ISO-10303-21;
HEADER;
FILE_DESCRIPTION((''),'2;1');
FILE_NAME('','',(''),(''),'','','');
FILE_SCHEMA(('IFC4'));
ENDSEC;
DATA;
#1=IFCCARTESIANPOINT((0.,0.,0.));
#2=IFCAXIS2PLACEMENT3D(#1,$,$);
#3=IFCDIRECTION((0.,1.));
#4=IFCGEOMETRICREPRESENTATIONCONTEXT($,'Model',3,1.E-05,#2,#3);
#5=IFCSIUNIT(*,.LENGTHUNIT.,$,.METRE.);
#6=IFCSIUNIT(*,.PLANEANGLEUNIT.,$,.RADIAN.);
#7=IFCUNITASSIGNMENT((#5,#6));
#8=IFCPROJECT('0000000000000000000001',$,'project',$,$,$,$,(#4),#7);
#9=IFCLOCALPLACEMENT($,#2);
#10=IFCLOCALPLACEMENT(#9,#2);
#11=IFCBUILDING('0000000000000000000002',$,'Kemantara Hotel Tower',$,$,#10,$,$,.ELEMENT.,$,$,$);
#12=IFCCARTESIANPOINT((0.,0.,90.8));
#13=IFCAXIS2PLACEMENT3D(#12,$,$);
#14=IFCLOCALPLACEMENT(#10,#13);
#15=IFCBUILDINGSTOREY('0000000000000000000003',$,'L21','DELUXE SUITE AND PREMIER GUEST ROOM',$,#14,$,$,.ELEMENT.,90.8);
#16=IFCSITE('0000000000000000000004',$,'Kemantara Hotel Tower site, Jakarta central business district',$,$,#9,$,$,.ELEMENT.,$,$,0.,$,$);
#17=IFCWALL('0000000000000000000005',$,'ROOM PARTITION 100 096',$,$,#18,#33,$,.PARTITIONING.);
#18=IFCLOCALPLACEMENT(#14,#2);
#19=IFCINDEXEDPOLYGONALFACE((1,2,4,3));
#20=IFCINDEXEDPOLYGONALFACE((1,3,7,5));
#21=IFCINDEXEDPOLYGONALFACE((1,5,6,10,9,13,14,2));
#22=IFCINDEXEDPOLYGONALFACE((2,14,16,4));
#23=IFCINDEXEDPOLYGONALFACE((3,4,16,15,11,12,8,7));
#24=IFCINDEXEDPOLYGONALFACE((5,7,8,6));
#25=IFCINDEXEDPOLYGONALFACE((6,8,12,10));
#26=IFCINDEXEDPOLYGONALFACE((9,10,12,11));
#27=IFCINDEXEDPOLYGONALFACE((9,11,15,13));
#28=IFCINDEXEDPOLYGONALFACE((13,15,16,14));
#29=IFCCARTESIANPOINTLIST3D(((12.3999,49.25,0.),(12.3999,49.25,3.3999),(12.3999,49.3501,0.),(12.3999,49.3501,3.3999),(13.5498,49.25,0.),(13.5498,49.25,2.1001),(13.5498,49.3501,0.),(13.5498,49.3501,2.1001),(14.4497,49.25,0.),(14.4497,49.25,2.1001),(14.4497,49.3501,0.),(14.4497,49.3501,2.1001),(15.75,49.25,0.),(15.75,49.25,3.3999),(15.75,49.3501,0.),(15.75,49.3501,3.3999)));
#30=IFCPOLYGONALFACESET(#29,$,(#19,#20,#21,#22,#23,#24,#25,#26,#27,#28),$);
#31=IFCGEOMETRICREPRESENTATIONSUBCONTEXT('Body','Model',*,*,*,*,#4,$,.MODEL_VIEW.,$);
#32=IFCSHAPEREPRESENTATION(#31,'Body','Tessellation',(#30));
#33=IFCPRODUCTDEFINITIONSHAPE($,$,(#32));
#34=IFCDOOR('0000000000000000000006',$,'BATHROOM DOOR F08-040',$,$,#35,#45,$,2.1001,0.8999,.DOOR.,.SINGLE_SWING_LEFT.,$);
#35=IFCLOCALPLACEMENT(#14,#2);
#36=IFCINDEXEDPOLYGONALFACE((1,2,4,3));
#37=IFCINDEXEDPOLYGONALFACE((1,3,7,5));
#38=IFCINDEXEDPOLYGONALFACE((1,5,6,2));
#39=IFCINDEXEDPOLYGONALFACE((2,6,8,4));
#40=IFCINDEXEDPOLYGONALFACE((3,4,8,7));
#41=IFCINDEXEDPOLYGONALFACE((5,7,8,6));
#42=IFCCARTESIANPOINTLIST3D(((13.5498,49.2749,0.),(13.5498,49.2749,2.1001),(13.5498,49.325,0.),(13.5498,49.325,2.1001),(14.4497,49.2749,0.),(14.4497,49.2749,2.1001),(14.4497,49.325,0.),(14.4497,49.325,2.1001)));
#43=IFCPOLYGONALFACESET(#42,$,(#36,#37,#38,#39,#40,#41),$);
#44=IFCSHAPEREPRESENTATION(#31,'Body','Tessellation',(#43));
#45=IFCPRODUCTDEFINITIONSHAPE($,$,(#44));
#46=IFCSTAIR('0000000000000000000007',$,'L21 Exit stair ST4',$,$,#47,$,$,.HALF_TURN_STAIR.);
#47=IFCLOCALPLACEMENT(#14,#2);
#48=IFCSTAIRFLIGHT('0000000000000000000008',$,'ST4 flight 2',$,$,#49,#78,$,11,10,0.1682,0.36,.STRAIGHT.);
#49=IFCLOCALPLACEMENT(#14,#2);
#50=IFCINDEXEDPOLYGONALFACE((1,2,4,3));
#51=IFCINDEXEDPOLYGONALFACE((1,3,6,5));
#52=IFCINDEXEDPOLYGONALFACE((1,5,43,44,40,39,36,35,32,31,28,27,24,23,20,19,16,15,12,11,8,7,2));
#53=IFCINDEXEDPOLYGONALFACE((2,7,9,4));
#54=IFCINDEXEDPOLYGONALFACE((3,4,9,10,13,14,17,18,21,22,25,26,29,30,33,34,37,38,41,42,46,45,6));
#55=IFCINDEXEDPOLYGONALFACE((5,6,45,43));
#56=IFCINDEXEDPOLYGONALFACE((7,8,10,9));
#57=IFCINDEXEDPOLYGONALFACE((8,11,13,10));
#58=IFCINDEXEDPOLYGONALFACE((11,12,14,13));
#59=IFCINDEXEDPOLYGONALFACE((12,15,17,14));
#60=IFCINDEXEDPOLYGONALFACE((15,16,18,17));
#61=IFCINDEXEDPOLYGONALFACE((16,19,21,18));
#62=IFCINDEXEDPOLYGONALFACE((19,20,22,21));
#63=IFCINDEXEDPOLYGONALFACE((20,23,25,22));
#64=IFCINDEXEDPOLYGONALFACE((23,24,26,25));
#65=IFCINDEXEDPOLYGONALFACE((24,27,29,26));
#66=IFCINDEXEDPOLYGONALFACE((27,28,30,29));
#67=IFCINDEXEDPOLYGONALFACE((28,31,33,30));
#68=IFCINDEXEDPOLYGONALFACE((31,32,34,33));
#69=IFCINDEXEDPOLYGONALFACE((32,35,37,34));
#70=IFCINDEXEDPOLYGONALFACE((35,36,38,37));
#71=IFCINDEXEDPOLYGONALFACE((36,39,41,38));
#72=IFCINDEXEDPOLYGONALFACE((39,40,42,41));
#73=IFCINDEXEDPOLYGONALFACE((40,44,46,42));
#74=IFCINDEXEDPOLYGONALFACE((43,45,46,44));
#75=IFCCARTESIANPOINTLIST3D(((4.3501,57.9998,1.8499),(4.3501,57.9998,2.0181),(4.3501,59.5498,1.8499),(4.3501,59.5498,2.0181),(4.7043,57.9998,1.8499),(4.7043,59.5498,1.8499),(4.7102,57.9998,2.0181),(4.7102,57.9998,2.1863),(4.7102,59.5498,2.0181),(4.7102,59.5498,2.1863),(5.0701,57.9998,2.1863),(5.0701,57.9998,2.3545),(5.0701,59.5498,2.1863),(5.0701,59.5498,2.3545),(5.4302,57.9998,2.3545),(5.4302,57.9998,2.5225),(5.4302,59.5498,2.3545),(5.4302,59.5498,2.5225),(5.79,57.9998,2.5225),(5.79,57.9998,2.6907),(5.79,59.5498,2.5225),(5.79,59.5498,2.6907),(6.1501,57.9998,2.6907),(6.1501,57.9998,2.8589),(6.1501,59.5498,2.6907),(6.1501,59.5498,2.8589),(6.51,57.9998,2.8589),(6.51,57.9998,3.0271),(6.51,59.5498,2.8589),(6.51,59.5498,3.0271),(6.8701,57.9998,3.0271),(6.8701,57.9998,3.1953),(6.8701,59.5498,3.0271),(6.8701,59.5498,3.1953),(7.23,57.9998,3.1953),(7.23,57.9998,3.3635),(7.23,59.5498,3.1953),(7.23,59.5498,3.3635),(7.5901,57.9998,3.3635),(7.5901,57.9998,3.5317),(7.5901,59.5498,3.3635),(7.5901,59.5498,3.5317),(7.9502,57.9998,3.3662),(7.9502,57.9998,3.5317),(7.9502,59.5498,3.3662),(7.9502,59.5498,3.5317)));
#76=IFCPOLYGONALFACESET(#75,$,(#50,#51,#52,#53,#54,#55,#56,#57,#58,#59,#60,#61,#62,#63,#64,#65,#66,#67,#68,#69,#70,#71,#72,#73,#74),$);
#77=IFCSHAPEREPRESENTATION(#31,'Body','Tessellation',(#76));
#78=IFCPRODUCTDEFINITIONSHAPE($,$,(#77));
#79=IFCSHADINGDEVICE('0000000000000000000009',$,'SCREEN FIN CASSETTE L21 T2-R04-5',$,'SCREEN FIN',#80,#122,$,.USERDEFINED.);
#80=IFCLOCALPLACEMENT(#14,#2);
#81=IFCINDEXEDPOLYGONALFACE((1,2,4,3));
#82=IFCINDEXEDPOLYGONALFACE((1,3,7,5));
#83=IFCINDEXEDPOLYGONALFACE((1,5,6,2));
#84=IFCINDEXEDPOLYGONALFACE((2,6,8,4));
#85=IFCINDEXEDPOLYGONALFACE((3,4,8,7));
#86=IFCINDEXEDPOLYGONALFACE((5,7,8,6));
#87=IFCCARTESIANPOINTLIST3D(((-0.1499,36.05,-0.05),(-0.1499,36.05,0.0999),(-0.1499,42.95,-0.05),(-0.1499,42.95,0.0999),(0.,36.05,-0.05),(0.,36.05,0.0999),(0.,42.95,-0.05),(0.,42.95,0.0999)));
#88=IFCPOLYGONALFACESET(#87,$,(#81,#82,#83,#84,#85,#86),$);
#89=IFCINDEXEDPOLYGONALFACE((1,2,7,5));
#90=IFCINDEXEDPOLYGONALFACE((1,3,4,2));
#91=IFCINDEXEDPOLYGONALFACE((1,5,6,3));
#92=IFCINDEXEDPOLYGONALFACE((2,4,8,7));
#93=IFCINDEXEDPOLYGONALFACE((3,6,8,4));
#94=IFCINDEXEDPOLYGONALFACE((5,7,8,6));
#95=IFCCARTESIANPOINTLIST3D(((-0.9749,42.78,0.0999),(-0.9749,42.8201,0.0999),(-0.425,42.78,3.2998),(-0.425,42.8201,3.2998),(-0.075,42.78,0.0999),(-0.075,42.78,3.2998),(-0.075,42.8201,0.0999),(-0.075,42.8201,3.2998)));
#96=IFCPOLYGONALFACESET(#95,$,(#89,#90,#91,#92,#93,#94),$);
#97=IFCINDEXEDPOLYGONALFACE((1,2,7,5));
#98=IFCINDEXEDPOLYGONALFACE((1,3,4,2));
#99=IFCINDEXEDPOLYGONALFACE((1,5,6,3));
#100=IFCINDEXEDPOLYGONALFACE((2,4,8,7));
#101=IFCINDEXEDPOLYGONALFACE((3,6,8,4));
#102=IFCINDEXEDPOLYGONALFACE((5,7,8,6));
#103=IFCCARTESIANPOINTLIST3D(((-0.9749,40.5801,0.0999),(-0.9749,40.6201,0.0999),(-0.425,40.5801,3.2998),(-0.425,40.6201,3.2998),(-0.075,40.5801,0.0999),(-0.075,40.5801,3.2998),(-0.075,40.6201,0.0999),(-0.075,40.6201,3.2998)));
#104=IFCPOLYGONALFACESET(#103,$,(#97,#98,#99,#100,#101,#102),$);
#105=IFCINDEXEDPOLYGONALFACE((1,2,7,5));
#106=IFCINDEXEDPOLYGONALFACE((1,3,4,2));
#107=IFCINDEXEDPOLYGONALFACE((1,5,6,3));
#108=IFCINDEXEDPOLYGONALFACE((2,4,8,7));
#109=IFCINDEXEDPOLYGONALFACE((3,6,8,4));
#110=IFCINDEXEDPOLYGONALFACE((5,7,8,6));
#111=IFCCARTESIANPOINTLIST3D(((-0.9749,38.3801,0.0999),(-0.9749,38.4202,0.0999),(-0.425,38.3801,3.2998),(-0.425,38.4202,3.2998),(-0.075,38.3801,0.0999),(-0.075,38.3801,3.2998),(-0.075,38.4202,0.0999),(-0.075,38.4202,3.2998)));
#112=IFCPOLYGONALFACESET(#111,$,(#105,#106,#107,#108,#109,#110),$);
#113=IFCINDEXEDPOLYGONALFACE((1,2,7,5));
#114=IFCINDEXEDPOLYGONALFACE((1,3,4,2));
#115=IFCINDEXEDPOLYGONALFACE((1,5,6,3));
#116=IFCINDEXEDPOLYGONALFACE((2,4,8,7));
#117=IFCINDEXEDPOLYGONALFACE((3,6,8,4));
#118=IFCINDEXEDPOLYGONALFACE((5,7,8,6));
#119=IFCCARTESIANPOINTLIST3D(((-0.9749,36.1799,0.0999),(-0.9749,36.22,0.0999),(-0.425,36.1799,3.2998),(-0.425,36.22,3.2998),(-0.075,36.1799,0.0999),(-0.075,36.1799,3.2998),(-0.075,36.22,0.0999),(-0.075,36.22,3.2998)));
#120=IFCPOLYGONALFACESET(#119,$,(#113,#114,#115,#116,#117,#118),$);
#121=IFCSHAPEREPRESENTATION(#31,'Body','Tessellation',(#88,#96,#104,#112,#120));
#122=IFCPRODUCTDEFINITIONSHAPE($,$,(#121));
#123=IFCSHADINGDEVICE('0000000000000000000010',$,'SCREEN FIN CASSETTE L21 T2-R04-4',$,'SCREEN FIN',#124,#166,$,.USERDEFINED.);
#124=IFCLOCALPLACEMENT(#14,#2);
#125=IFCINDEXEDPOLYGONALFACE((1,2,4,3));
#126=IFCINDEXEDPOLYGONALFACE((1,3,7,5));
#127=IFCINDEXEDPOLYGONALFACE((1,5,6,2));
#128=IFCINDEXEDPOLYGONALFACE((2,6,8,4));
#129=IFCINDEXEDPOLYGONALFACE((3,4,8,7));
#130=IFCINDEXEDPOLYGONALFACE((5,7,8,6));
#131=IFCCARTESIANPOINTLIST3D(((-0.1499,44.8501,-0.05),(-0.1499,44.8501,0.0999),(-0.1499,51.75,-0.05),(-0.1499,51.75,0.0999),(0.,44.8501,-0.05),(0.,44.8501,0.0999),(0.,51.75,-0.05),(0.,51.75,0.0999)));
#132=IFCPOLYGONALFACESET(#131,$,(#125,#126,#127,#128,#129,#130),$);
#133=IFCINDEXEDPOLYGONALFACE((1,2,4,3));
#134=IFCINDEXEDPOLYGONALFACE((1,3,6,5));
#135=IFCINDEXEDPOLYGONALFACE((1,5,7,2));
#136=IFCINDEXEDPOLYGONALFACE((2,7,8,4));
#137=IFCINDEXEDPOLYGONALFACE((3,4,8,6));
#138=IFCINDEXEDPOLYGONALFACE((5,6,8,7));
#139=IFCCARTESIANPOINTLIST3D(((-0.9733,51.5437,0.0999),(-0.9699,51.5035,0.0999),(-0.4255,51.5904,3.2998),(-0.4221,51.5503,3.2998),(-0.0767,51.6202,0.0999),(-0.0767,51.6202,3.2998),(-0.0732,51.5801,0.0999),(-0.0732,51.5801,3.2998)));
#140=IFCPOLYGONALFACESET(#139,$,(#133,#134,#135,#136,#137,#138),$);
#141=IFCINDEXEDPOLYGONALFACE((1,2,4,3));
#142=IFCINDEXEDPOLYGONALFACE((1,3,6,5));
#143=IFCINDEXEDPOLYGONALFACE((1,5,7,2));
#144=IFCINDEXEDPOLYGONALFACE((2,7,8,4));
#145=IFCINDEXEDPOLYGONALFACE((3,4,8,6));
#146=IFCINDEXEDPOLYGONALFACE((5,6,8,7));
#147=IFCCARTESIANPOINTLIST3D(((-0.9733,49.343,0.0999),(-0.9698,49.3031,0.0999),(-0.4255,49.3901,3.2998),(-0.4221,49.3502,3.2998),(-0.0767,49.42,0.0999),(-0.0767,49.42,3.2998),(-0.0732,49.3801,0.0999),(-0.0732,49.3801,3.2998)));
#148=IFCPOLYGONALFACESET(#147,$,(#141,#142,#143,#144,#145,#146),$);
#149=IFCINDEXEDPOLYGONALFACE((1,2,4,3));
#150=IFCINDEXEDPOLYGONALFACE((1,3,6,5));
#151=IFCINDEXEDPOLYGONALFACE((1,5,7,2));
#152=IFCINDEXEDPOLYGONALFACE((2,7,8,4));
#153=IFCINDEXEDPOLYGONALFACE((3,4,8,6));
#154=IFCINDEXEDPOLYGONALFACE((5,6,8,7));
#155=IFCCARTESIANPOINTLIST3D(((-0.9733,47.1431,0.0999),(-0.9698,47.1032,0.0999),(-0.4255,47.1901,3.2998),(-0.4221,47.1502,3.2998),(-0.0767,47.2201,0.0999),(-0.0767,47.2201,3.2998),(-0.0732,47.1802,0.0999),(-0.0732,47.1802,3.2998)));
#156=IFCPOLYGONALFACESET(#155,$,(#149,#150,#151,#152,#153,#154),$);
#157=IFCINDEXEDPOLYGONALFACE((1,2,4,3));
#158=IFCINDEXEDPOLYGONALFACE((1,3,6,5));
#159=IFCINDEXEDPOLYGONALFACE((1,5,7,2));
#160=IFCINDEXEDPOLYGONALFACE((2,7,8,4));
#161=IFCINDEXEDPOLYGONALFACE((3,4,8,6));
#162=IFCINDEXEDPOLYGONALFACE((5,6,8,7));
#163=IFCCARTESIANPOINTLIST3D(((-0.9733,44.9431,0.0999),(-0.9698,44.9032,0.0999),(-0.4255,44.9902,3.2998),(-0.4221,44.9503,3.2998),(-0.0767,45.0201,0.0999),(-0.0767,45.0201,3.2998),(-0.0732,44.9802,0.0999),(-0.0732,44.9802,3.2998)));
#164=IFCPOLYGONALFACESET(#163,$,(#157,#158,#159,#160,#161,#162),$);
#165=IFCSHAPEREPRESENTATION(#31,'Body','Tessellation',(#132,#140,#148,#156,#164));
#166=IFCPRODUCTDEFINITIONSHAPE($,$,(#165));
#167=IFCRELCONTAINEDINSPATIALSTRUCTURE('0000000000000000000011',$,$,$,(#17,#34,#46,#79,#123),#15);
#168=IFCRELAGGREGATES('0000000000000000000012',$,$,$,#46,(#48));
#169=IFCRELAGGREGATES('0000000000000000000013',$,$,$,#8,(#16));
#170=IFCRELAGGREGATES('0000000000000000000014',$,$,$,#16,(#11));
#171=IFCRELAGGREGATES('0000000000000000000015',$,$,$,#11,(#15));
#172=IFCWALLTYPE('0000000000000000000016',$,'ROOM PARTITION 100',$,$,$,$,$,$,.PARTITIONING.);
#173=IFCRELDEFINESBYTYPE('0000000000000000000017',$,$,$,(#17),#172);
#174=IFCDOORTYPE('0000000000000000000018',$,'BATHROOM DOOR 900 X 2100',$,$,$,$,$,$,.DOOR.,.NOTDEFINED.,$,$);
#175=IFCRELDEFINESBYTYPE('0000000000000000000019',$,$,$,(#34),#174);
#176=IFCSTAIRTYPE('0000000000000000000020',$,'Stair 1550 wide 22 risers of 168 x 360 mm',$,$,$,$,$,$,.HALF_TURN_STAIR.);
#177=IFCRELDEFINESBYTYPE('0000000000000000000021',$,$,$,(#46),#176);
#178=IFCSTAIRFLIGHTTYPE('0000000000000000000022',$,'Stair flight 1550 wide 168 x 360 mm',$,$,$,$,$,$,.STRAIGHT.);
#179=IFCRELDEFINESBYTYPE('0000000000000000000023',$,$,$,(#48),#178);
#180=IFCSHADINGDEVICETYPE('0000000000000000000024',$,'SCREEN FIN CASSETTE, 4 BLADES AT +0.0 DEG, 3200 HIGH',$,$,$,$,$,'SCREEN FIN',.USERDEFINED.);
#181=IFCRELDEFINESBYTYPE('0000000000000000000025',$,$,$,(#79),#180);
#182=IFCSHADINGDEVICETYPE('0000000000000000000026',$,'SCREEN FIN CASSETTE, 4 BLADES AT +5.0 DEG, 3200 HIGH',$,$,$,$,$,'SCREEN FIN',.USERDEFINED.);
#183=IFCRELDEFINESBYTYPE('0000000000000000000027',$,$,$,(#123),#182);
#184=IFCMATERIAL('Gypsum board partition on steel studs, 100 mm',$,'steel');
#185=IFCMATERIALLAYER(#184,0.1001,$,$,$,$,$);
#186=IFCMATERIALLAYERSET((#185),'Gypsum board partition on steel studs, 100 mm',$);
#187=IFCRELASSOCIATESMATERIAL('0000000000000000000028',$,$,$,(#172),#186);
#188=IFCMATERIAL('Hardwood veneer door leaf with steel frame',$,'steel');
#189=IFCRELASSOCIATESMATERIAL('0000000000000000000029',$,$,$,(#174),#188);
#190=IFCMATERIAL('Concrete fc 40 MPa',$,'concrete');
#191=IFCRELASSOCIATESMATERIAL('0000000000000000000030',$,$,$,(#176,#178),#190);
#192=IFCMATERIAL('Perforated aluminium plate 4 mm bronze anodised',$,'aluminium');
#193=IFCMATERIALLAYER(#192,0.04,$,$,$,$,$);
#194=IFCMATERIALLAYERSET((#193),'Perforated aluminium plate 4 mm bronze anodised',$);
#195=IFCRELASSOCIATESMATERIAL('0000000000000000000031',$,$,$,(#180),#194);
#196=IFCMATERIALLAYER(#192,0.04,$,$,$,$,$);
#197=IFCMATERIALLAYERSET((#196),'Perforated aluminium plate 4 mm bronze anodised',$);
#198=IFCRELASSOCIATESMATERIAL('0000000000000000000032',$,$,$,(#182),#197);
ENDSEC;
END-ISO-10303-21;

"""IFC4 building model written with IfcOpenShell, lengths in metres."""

from ifc_helpers import new_model, si_unit, direction, frame, frame_2d, origin, origin_2d, place, context, subcontext, project, spatial, polyline, rectangle, outline, extrude, source, transform, mapped, material, layer, layer_set, type_object, element, fill, aggregate, save


model = new_model("IFC4")

# Units and contexts
model_context = context("Model", 3, precision=1e-05, world=origin(), true_north=direction((0.0, 1.0)))
body_context = subcontext(model_context, "Body", "Model", "MODEL_VIEW")
ifc_project = project(units=[si_unit("LENGTHUNIT", "METRE"), si_unit("PLANEANGLEUNIT", "RADIAN")], contexts=[model_context])

# Site, building, storey
site_placement = place(None, origin())
site = spatial("IfcSite", under=ifc_project, at=site_placement, Name="Kemantara Hotel Tower site, Jakarta central business district", CompositionType="ELEMENT", RefElevation=0.0)
building_placement = place(site_placement, origin())
building = spatial("IfcBuilding", under=site, at=building_placement, Name="Kemantara Hotel Tower", CompositionType="ELEMENT")
storey_placement = place(building_placement, frame((0.0, 0.0, 90.8)))
storey = spatial("IfcBuildingStorey", under=building, at=storey_placement, Name="L21", Description="DELUXE SUITE AND PREMIER GUEST ROOM", CompositionType="ELEMENT", Elevation=90.8)

# Shared definitions
ifc_material_1 = material(Name="Hardwood veneer door leaf with steel frame", Category="steel")
ifc_material_2 = material(Name="Concrete fc 40 MPa", Category="concrete")

# Shared definitions
ifc_material_3 = material(Name="Gypsum board partition on steel studs, 100 mm", Category="steel")
ifc_layer_1 = layer(ifc_material_3, 0.1001)
ifc_layer_set_1 = layer_set([ifc_layer_1], Name="Gypsum board partition on steel studs, 100 mm")
wall_type_1 = type_object("IfcWallType", Name="ROOM PARTITION 100", PredefinedType="PARTITIONING", material=ifc_layer_set_1)

# Wall, opening, door
door_type_1 = type_object("IfcDoorType", Name="BATHROOM DOOR 900 X 2100", OperationType="NOTDEFINED", PredefinedType="DOOR", material=ifc_material_1)
wall_1_placement = place(storey_placement, frame((12.3999, 49.3, 0.0), z_axis=(0.0, 0.0, 1.0), x_axis=(1.0, 0.0, 0.0)))
wall_1 = element("IfcWall", 1, at=wall_1_placement, inside=storey, type_object=wall_type_1, Name="ROOM PARTITION 100 096", PredefinedType="PARTITIONING", context=body_context, shape_type="SweptSolid", body=[
    extrude(rectangle(XDim=3.3501, YDim=0.1001, at=frame_2d((1.675, 0.0))), origin(), (0.0, 0.0, 1.0), 3.3999),
])
opening_1_placement = place(wall_1_placement, frame((1.1499, 0.0, 0.0)))
opening_1 = element("IfcOpeningElement", 2, at=opening_1_placement, cuts=wall_1, PredefinedType="OPENING", context=body_context, shape_type="SweptSolid", body=[
    extrude(rectangle(XDim=0.8999, YDim=2.1001, at=frame_2d((0.45, 1.05))), frame((0.0, 0.0601, 0.0), z_axis=(0.0, -1.0, 0.0), x_axis=(1.0, 0.0, 0.0)), (0.0, 0.0, 1.0), 0.1201),
])
door_1_placement = place(opening_1_placement, origin())
door_1 = element("IfcDoor", 3, at=door_1_placement, inside=storey, type_object=door_type_1, Name="BATHROOM DOOR F08-040", OperationType="SINGLE_SWING_LEFT", OverallHeight=2.1001, OverallWidth=0.8999, PredefinedType="DOOR", context=body_context, shape_type="SweptSolid", body=[
    extrude(rectangle(XDim=0.8999, YDim=2.1001, at=frame_2d((0.45, 1.05))), frame((0.0, 0.0249, 0.0), z_axis=(0.0, -1.0, 0.0), x_axis=(1.0, 0.0, 0.0)), (0.0, 0.0, 1.0), 0.05),
])
fill(opening_1, door_1)

# Stair, stair flight
stair_type = type_object("IfcStairType", Name="Stair 1550 wide 22 risers of 168 x 360 mm", PredefinedType="HALF_TURN_STAIR", material=ifc_material_2)
stair_placement = place(storey_placement, origin())
stair = element("IfcStair", 4, at=stair_placement, inside=storey, type_object=stair_type, Name="L21 Exit stair ST4", PredefinedType="HALF_TURN_STAIR")
stair_flight_type = type_object("IfcStairFlightType", Name="Stair flight 1550 wide 168 x 360 mm", PredefinedType="STRAIGHT", material=ifc_material_2)
stair_flight_placement = place(storey_placement, frame((4.3501, 58.7749, 1.8499), z_axis=(0.0, 0.0, 1.0), x_axis=(1.0, 0.0, 0.0)))
stair_flight = element("IfcStairFlight", 5, at=stair_flight_placement, type_object=stair_flight_type, Name="ST4 flight 2", NumberOfRisers=11, NumberOfTreads=10, PredefinedType="STRAIGHT", RiserHeight=0.1682, TreadLength=0.36, context=body_context, shape_type="SweptSolid", body=[
    extrude(outline(polyline([(0.0, 0.0), (0.0, 0.1682), (0.3601, 0.1682), (0.3601, 0.3364), (0.72, 0.3364), (0.72, 0.5046), (1.0801, 0.5046), (1.0801, 0.6726), (1.4399, 0.6726), (1.4399, 0.8408), (1.8, 0.8408), (1.8, 1.009), (2.1599, 1.009), (2.1599, 1.1772), (2.52, 1.1772), (2.52, 1.3455), (2.8799, 1.3455), (2.8799, 1.5137), (3.24, 1.5137), (3.24, 1.6819), (3.6001, 1.6819), (3.6001, 1.8501), (3.6001, 1.5164), (0.3542, 0.0), (0.0, 0.0)])), frame((0.0, 0.7749, 0.0), z_axis=(0.0, -1.0, 0.0), x_axis=(1.0, 0.0, 0.0)), (0.0, 0.0, 1.0), 1.55),
])
aggregate(stair, [stair_flight])

# Shading devices
ifc_material_4 = material(Name="Perforated aluminium plate 4 mm bronze anodised", Category="aluminium")
ifc_layer_2 = layer(ifc_material_4, 0.04)
ifc_layer_set_2 = layer_set([ifc_layer_2], Name="Perforated aluminium plate 4 mm bronze anodised")
shading_device_type_1 = type_object("IfcShadingDeviceType", Name="SCREEN FIN CASSETTE, 4 BLADES AT +0.0 DEG, 3200 HIGH", ElementType="SCREEN FIN", PredefinedType="USERDEFINED", material=ifc_layer_set_2)
shared_shape_1 = source(origin(), body_context, "Body", "SweptSolid", [
    extrude(rectangle(XDim=6.8999, YDim=0.1499, at=origin_2d()), frame((3.3, -0.075, -0.1499), z_axis=(0.0, 0.0, 1.0), x_axis=(1.0, 0.0, 0.0)), (0.0, 0.0, 1.0), 0.1499),
    extrude(outline(polyline([(0.0, 0.0), (0.8999, 0.0), (0.3501, 3.2), (0.0, 3.2), (0.0, 0.0)])), frame((0.02, -0.075, 0.0), z_axis=(-1.0, 0.0, 0.0), x_axis=(0.0, -1.0, 0.0)), (0.0, 0.0, 1.0), 0.04),
    extrude(outline(polyline([(0.0, 0.0), (0.8999, 0.0), (0.3501, 3.2), (0.0, 3.2), (0.0, 0.0)])), frame((2.22, -0.075, 0.0), z_axis=(-1.0, 0.0, 0.0), x_axis=(0.0, -1.0, 0.0)), (0.0, 0.0, 1.0), 0.04),
    extrude(outline(polyline([(0.0, 0.0), (0.8999, 0.0), (0.3501, 3.2), (0.0, 3.2), (0.0, 0.0)])), frame((4.4199, -0.075, 0.0), z_axis=(-1.0, 0.0, 0.0), x_axis=(0.0, -1.0, 0.0)), (0.0, 0.0, 1.0), 0.04),
    extrude(outline(polyline([(0.0, 0.0), (0.8999, 0.0), (0.3501, 3.2), (0.0, 3.2), (0.0, 0.0)])), frame((6.6201, -0.075, 0.0), z_axis=(-1.0, 0.0, 0.0), x_axis=(0.0, -1.0, 0.0)), (0.0, 0.0, 1.0), 0.04),
])
shading_device_1_placement = place(storey_placement, frame((0.0, 42.8, 0.0999), z_axis=(0.0, 0.0, 1.0), x_axis=(0.0, -1.0, 0.0)))
element("IfcShadingDevice", 6, at=shading_device_1_placement, inside=storey, type_object=shading_device_type_1, Name="SCREEN FIN CASSETTE L21 T2-R04-5", ObjectType="SCREEN FIN", PredefinedType="USERDEFINED", context=body_context, shape_type="MappedRepresentation", body=[
    mapped(shared_shape_1, transform((0.0, 0.0, 0.0))),
])
ifc_layer_3 = layer(ifc_material_4, 0.04)
ifc_layer_set_3 = layer_set([ifc_layer_3], Name="Perforated aluminium plate 4 mm bronze anodised")
shading_device_type_2 = type_object("IfcShadingDeviceType", Name="SCREEN FIN CASSETTE, 4 BLADES AT +5.0 DEG, 3200 HIGH", ElementType="SCREEN FIN", PredefinedType="USERDEFINED", material=ifc_layer_set_3)
shared_shape_2 = source(origin(), body_context, "Body", "SweptSolid", [
    extrude(rectangle(XDim=6.8999, YDim=0.1499, at=origin_2d()), frame((3.3, -0.075, -0.1499), z_axis=(0.0, 0.0, 1.0), x_axis=(1.0, 0.0, 0.0)), (0.0, 0.0, 1.0), 0.1499),
    extrude(outline(polyline([(0.0, 0.0), (0.8999, 0.0), (0.3501, 3.2), (0.0, 3.2), (0.0, 0.0)])), frame((0.02, -0.0732, 0.0), z_axis=(-0.996376, -0.085056, 0.0), x_axis=(0.085056, -0.996376, 0.0)), (0.0, 0.0, 1.0), 0.0403),
    extrude(outline(polyline([(0.0, 0.0), (0.8999, 0.0), (0.3501, 3.2), (0.0, 3.2), (0.0, 0.0)])), frame((2.22, -0.0732, 0.0), z_axis=(-0.996332, -0.085575, 0.0), x_axis=(0.085575, -0.996332, 0.0)), (0.0, 0.0, 1.0), 0.04),
    extrude(outline(polyline([(0.0, 0.0), (0.8999, 0.0), (0.3501, 3.2), (0.0, 3.2), (0.0, 0.0)])), frame((4.4199, -0.0732, 0.0), z_axis=(-0.996332, -0.085575, 0.0), x_axis=(0.085575, -0.996332, 0.0)), (0.0, 0.0, 1.0), 0.04),
    extrude(outline(polyline([(0.0, 0.0), (0.8999, 0.0), (0.3501, 3.2), (0.0, 3.2), (0.0, 0.0)])), frame((6.6199, -0.0732, 0.0), z_axis=(-0.996332, -0.085575, 0.0), x_axis=(0.085575, -0.996332, 0.0)), (0.0, 0.0, 1.0), 0.04),
])
shading_device_2_placement = place(storey_placement, frame((0.0, 51.6001, 0.0999), z_axis=(0.0, 0.0, 1.0), x_axis=(0.0, -1.0, 0.0)))
element("IfcShadingDevice", 7, at=shading_device_2_placement, inside=storey, type_object=shading_device_type_2, Name="SCREEN FIN CASSETTE L21 T2-R04-4", ObjectType="SCREEN FIN", PredefinedType="USERDEFINED", context=body_context, shape_type="MappedRepresentation", body=[
    mapped(shared_shape_2, transform((0.0, 0.0, 0.0))),
])

save(model, "model.ifc")
